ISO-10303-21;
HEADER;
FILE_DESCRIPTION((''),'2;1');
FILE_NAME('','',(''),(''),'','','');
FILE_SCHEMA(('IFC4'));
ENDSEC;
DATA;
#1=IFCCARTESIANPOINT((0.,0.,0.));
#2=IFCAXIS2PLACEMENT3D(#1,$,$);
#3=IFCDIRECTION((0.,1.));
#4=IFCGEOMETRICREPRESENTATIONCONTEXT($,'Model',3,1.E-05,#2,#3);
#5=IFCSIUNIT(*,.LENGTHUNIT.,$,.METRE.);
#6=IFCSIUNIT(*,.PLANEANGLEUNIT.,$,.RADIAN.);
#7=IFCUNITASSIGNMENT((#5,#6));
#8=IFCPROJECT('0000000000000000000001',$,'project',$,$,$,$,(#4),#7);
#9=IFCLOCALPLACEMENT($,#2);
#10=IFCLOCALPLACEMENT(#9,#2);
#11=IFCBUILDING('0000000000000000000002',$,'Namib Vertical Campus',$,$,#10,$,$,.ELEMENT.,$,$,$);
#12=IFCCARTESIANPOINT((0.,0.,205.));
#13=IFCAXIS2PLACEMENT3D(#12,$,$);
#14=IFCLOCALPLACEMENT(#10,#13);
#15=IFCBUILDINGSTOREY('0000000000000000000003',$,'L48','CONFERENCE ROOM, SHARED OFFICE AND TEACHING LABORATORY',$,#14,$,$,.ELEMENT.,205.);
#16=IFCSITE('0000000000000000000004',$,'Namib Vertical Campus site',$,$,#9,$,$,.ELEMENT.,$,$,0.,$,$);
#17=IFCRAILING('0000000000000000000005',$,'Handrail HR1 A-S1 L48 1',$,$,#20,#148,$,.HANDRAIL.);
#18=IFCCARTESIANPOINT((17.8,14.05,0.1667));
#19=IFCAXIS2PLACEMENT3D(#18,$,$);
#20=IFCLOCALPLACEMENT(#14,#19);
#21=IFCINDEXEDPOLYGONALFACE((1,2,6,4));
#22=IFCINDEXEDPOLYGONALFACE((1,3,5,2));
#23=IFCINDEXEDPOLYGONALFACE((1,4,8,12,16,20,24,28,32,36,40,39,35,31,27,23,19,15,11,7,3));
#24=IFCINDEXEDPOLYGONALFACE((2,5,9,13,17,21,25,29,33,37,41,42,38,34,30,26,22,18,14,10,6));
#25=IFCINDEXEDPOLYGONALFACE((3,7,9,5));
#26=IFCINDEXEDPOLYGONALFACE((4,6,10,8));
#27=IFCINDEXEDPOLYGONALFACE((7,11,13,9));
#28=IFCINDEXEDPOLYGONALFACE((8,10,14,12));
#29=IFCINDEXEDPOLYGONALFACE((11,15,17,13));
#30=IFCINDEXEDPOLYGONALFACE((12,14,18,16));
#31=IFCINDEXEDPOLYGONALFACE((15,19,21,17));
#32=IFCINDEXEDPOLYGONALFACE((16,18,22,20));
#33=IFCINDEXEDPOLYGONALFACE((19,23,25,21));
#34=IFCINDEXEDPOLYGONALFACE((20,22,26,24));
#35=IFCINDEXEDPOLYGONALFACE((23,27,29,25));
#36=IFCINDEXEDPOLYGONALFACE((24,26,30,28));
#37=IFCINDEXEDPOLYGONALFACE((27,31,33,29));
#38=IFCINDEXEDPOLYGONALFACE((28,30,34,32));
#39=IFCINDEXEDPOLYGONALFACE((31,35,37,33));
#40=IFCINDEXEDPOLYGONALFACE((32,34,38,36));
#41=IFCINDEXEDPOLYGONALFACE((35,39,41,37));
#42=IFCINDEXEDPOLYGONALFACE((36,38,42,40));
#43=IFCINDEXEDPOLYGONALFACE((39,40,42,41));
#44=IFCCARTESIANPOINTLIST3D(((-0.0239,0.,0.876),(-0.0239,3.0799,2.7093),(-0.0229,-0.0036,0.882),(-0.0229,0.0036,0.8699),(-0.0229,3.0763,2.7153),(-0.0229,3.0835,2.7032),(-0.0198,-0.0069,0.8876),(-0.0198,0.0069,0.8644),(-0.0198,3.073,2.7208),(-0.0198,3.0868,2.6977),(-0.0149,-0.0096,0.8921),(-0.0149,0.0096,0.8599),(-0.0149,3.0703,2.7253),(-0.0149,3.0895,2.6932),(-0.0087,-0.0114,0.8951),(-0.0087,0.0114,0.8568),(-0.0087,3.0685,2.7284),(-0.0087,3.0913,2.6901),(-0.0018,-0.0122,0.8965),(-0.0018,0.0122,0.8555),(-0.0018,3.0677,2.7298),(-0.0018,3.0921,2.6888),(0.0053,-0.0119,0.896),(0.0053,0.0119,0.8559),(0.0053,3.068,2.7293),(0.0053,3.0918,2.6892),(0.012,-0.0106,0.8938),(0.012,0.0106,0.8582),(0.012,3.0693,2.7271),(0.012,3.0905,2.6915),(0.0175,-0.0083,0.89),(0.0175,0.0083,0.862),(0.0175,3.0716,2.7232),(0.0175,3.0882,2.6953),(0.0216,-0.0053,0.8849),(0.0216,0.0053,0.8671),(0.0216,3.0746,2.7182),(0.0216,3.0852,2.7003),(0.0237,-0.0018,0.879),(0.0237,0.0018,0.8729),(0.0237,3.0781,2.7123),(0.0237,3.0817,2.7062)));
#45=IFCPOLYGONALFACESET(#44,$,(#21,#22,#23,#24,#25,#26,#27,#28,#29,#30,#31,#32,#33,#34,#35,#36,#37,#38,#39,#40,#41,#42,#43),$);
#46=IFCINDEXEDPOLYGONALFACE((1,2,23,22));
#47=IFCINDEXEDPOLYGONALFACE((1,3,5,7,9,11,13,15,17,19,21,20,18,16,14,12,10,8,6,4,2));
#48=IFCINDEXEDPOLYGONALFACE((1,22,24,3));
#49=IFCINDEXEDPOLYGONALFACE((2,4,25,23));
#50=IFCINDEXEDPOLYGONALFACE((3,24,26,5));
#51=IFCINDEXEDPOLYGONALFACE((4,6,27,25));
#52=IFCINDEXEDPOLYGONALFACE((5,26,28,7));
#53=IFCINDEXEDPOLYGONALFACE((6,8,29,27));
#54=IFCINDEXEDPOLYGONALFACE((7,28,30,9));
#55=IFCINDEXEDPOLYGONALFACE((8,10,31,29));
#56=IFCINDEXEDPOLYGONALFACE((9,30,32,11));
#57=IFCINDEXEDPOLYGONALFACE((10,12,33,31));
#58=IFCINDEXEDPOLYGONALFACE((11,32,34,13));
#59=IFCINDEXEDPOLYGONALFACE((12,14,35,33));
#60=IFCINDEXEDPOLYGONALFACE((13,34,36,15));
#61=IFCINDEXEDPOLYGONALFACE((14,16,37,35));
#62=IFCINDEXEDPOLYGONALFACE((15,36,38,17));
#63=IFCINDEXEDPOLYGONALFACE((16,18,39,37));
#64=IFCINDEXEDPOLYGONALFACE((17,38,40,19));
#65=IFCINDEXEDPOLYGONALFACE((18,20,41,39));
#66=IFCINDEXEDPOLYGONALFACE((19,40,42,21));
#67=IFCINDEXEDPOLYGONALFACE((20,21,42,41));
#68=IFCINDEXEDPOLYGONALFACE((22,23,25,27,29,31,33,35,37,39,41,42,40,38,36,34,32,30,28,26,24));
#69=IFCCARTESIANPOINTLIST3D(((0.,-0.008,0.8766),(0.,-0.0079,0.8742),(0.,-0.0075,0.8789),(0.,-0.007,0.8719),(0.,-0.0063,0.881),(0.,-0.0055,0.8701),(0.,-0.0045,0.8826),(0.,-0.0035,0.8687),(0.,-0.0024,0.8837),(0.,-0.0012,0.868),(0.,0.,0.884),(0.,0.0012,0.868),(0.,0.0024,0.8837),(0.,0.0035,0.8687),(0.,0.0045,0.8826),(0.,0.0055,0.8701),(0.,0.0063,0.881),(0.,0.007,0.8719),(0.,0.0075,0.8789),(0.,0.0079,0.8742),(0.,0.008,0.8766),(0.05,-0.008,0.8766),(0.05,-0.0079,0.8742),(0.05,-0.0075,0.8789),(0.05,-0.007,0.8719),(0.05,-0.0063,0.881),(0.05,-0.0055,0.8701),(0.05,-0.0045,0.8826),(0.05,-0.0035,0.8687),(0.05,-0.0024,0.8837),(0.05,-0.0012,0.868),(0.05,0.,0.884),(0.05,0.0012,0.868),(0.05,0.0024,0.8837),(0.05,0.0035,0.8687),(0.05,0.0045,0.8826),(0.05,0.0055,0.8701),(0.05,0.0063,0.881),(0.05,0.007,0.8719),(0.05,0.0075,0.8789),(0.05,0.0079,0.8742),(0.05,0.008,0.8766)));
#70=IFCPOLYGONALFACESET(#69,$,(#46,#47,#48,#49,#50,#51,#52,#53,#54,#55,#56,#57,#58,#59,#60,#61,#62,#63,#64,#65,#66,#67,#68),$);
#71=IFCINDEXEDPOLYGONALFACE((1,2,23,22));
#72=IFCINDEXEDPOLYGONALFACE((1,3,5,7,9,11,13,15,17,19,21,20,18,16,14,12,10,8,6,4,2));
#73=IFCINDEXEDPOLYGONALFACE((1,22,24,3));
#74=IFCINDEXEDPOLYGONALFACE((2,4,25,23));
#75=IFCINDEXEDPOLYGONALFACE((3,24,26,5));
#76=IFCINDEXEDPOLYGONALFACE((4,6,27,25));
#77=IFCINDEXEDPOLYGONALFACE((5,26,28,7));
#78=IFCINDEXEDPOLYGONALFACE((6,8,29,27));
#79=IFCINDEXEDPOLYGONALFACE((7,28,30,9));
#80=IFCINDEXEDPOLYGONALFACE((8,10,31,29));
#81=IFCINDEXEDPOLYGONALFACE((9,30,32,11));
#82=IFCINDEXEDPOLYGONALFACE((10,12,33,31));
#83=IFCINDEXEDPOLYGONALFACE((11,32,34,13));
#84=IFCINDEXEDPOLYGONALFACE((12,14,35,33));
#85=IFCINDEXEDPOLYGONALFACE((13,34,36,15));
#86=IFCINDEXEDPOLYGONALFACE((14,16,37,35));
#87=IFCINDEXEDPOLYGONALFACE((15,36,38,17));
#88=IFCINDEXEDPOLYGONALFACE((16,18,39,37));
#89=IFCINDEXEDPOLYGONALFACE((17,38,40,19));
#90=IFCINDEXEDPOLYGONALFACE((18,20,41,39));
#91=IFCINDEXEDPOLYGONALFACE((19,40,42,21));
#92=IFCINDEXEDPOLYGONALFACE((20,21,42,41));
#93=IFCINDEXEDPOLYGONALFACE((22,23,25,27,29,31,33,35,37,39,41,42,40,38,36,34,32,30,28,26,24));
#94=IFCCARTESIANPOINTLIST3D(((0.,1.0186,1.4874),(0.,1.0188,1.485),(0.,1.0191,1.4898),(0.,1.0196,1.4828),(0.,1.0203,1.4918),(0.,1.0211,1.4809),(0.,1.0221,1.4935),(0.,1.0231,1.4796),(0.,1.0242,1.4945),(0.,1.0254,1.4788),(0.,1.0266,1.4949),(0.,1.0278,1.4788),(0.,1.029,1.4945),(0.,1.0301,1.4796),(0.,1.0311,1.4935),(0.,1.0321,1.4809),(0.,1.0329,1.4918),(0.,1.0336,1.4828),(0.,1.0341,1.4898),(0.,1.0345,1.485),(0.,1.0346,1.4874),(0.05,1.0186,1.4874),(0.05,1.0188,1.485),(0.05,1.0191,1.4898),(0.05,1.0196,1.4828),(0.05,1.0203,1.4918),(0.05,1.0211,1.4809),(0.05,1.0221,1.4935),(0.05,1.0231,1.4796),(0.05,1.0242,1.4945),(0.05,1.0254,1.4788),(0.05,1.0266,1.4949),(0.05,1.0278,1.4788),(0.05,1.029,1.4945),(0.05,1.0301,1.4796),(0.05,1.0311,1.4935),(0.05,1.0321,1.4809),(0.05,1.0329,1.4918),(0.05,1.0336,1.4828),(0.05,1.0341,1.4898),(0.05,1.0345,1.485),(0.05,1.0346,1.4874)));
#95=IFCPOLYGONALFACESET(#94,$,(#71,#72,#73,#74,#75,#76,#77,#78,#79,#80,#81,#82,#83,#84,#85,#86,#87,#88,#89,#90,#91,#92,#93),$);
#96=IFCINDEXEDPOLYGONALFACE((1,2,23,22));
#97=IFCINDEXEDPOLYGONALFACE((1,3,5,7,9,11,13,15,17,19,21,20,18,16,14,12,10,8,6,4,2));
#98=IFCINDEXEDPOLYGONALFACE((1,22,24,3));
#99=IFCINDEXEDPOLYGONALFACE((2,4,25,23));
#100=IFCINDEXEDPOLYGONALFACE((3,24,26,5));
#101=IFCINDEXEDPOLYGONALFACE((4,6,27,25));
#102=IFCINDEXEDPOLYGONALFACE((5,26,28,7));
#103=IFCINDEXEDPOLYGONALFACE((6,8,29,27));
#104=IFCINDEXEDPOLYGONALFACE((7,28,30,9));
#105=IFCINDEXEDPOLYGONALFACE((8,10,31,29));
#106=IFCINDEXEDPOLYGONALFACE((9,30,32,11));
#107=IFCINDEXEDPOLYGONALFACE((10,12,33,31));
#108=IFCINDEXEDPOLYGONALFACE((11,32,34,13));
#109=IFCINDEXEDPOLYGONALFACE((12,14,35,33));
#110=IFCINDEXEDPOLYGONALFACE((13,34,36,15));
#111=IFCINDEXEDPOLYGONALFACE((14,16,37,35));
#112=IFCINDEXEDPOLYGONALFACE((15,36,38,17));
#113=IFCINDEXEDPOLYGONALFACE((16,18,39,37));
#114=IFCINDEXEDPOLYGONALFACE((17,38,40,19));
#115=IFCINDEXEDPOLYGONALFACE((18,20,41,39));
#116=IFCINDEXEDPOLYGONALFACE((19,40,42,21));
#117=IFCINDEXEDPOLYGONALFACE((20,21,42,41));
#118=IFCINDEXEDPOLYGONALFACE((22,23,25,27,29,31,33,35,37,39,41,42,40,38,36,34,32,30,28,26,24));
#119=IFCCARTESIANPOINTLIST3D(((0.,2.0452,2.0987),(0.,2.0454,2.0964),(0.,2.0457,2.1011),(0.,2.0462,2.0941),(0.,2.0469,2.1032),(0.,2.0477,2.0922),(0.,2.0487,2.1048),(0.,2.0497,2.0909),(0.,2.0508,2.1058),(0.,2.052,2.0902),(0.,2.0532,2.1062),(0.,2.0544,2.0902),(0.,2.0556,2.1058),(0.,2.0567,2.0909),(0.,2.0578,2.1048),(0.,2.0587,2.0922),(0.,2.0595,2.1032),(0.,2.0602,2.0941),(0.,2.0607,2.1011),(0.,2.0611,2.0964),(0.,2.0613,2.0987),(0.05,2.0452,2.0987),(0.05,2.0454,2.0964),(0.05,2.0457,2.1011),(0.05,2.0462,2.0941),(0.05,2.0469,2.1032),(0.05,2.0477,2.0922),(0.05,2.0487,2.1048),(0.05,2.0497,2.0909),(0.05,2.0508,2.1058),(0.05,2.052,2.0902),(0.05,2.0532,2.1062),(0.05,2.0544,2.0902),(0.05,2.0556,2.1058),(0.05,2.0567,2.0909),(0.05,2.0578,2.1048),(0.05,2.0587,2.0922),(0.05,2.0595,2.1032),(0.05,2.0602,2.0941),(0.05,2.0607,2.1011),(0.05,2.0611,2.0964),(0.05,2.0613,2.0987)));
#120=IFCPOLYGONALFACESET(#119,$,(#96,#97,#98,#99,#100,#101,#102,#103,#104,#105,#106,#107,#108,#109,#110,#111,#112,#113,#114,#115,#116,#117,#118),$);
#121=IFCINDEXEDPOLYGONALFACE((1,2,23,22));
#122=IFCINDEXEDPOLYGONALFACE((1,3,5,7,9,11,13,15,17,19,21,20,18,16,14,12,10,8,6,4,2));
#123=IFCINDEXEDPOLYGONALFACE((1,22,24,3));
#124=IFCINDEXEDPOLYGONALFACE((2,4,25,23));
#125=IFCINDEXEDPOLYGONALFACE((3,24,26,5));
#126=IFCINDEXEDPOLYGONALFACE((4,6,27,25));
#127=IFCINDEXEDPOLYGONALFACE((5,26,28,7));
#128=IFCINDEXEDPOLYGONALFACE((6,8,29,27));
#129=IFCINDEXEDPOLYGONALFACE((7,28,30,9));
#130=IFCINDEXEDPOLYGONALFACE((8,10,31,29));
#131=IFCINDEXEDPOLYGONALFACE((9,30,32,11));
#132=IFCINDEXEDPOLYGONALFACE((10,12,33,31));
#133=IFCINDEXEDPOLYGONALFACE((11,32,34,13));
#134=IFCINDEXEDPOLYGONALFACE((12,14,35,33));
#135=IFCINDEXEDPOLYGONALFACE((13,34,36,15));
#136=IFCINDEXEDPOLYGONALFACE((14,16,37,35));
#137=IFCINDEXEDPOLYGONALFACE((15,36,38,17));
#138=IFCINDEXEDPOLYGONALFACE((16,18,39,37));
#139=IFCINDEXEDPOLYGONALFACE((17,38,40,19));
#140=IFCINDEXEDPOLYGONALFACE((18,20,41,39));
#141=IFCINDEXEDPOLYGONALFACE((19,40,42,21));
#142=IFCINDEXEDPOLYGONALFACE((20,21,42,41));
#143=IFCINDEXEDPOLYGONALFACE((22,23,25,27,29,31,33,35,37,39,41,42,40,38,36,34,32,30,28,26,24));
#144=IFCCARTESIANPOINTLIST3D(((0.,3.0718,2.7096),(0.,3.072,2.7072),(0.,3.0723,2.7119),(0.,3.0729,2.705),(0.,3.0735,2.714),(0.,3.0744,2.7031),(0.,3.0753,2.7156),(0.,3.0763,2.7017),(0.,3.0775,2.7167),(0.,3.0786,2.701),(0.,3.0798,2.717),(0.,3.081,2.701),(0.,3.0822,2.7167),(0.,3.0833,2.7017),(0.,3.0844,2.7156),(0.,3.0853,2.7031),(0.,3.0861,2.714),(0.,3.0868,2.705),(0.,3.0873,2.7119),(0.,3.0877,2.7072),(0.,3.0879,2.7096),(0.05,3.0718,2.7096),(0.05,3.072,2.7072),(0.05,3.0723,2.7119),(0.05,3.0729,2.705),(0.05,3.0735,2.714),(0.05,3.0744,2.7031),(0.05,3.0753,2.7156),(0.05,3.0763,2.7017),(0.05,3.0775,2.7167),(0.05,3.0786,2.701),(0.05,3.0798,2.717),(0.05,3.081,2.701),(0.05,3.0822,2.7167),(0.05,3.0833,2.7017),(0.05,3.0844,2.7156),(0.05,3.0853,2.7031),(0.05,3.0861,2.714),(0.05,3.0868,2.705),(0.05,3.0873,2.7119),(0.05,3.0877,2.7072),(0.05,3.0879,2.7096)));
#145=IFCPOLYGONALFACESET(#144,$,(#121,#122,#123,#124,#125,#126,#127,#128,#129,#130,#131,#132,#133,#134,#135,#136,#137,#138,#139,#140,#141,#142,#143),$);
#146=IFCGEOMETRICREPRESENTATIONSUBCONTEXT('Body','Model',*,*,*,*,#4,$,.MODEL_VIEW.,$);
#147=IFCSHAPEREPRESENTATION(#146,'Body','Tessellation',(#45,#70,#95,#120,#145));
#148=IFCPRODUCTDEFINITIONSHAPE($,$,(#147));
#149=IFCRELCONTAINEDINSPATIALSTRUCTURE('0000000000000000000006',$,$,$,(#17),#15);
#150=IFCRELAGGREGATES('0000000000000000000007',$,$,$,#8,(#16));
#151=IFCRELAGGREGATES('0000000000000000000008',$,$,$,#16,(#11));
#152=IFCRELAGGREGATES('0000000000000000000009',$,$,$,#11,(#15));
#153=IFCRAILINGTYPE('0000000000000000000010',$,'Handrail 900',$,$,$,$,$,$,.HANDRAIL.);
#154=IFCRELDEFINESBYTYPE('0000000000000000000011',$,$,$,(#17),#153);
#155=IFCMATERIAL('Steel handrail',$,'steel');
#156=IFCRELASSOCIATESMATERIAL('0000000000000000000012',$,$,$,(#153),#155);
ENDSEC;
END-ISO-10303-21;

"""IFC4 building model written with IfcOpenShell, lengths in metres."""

from ifc_helpers import new_model, si_unit, direction, frame, origin, origin_2d, place, context, subcontext, project, spatial, circle, extrude, material, type_object, element, save


model = new_model("IFC4")

# Units and contexts
model_context = context("Model", 3, precision=1e-05, world=origin(), true_north=direction((0.0, 1.0)))
body_context = subcontext(model_context, "Body", "Model", "MODEL_VIEW")
ifc_project = project(units=[si_unit("LENGTHUNIT", "METRE"), si_unit("PLANEANGLEUNIT", "RADIAN")], contexts=[model_context])

# Site, building, storey
site_placement = place(None, origin())
site = spatial("IfcSite", under=ifc_project, at=site_placement, Name="Namib Vertical Campus site", CompositionType="ELEMENT", RefElevation=0.0)
building_placement = place(site_placement, origin())
building = spatial("IfcBuilding", under=site, at=building_placement, Name="Namib Vertical Campus", CompositionType="ELEMENT")
storey_placement = place(building_placement, frame((0.0, 0.0, 205.0)))
storey = spatial("IfcBuildingStorey", under=building, at=storey_placement, Name="L48", Description="CONFERENCE ROOM, SHARED OFFICE AND TEACHING LABORATORY", CompositionType="ELEMENT", Elevation=205.0)

# Railing
ifc_material_1 = material(Name="Steel handrail", Category="steel")
railing_type_1 = type_object("IfcRailingType", Name="Handrail 900", PredefinedType="HANDRAIL", material=ifc_material_1)
railing_1_placement = place(storey_placement, frame((17.8, 14.05, 0.1667)))
element("IfcRailing", 1, at=railing_1_placement, inside=storey, type_object=railing_type_1, Name="Handrail HR1 A-S1 L48 1", PredefinedType="HANDRAIL", context=body_context, shape_type="SweptSolid", body=[
    extrude(circle(Radius=0.0239, at=origin_2d()), frame((0.0, 0.0, 0.876), z_axis=(0.0, 0.859291, 0.511487), x_axis=(-1.0, 0.0, 0.0)), (0.0, 0.0, 1.0), 3.5842),
    extrude(circle(Radius=0.0081, at=origin_2d()), frame((0.0, 0.0, 0.876), z_axis=(1.0, 0.0, 0.0), x_axis=(0.0, 0.0, 1.0)), (0.0, 0.0, 1.0), 0.05),
    extrude(circle(Radius=0.0081, at=origin_2d()), frame((0.0, 1.0266, 1.4868), z_axis=(1.0, 0.0, 0.0), x_axis=(0.0, 0.0, 1.0)), (0.0, 0.0, 1.0), 0.05),
    extrude(circle(Radius=0.0081, at=origin_2d()), frame((0.0, 2.0532, 2.0981), z_axis=(1.0, 0.0, 0.0), x_axis=(0.0, 0.0, 1.0)), (0.0, 0.0, 1.0), 0.05),
    extrude(circle(Radius=0.0081, at=origin_2d()), frame((0.0, 3.0798, 2.709), z_axis=(1.0, 0.0, 0.0), x_axis=(0.0, 0.0, 1.0)), (0.0, 0.0, 1.0), 0.05),
])

save(model, "model.ifc")
